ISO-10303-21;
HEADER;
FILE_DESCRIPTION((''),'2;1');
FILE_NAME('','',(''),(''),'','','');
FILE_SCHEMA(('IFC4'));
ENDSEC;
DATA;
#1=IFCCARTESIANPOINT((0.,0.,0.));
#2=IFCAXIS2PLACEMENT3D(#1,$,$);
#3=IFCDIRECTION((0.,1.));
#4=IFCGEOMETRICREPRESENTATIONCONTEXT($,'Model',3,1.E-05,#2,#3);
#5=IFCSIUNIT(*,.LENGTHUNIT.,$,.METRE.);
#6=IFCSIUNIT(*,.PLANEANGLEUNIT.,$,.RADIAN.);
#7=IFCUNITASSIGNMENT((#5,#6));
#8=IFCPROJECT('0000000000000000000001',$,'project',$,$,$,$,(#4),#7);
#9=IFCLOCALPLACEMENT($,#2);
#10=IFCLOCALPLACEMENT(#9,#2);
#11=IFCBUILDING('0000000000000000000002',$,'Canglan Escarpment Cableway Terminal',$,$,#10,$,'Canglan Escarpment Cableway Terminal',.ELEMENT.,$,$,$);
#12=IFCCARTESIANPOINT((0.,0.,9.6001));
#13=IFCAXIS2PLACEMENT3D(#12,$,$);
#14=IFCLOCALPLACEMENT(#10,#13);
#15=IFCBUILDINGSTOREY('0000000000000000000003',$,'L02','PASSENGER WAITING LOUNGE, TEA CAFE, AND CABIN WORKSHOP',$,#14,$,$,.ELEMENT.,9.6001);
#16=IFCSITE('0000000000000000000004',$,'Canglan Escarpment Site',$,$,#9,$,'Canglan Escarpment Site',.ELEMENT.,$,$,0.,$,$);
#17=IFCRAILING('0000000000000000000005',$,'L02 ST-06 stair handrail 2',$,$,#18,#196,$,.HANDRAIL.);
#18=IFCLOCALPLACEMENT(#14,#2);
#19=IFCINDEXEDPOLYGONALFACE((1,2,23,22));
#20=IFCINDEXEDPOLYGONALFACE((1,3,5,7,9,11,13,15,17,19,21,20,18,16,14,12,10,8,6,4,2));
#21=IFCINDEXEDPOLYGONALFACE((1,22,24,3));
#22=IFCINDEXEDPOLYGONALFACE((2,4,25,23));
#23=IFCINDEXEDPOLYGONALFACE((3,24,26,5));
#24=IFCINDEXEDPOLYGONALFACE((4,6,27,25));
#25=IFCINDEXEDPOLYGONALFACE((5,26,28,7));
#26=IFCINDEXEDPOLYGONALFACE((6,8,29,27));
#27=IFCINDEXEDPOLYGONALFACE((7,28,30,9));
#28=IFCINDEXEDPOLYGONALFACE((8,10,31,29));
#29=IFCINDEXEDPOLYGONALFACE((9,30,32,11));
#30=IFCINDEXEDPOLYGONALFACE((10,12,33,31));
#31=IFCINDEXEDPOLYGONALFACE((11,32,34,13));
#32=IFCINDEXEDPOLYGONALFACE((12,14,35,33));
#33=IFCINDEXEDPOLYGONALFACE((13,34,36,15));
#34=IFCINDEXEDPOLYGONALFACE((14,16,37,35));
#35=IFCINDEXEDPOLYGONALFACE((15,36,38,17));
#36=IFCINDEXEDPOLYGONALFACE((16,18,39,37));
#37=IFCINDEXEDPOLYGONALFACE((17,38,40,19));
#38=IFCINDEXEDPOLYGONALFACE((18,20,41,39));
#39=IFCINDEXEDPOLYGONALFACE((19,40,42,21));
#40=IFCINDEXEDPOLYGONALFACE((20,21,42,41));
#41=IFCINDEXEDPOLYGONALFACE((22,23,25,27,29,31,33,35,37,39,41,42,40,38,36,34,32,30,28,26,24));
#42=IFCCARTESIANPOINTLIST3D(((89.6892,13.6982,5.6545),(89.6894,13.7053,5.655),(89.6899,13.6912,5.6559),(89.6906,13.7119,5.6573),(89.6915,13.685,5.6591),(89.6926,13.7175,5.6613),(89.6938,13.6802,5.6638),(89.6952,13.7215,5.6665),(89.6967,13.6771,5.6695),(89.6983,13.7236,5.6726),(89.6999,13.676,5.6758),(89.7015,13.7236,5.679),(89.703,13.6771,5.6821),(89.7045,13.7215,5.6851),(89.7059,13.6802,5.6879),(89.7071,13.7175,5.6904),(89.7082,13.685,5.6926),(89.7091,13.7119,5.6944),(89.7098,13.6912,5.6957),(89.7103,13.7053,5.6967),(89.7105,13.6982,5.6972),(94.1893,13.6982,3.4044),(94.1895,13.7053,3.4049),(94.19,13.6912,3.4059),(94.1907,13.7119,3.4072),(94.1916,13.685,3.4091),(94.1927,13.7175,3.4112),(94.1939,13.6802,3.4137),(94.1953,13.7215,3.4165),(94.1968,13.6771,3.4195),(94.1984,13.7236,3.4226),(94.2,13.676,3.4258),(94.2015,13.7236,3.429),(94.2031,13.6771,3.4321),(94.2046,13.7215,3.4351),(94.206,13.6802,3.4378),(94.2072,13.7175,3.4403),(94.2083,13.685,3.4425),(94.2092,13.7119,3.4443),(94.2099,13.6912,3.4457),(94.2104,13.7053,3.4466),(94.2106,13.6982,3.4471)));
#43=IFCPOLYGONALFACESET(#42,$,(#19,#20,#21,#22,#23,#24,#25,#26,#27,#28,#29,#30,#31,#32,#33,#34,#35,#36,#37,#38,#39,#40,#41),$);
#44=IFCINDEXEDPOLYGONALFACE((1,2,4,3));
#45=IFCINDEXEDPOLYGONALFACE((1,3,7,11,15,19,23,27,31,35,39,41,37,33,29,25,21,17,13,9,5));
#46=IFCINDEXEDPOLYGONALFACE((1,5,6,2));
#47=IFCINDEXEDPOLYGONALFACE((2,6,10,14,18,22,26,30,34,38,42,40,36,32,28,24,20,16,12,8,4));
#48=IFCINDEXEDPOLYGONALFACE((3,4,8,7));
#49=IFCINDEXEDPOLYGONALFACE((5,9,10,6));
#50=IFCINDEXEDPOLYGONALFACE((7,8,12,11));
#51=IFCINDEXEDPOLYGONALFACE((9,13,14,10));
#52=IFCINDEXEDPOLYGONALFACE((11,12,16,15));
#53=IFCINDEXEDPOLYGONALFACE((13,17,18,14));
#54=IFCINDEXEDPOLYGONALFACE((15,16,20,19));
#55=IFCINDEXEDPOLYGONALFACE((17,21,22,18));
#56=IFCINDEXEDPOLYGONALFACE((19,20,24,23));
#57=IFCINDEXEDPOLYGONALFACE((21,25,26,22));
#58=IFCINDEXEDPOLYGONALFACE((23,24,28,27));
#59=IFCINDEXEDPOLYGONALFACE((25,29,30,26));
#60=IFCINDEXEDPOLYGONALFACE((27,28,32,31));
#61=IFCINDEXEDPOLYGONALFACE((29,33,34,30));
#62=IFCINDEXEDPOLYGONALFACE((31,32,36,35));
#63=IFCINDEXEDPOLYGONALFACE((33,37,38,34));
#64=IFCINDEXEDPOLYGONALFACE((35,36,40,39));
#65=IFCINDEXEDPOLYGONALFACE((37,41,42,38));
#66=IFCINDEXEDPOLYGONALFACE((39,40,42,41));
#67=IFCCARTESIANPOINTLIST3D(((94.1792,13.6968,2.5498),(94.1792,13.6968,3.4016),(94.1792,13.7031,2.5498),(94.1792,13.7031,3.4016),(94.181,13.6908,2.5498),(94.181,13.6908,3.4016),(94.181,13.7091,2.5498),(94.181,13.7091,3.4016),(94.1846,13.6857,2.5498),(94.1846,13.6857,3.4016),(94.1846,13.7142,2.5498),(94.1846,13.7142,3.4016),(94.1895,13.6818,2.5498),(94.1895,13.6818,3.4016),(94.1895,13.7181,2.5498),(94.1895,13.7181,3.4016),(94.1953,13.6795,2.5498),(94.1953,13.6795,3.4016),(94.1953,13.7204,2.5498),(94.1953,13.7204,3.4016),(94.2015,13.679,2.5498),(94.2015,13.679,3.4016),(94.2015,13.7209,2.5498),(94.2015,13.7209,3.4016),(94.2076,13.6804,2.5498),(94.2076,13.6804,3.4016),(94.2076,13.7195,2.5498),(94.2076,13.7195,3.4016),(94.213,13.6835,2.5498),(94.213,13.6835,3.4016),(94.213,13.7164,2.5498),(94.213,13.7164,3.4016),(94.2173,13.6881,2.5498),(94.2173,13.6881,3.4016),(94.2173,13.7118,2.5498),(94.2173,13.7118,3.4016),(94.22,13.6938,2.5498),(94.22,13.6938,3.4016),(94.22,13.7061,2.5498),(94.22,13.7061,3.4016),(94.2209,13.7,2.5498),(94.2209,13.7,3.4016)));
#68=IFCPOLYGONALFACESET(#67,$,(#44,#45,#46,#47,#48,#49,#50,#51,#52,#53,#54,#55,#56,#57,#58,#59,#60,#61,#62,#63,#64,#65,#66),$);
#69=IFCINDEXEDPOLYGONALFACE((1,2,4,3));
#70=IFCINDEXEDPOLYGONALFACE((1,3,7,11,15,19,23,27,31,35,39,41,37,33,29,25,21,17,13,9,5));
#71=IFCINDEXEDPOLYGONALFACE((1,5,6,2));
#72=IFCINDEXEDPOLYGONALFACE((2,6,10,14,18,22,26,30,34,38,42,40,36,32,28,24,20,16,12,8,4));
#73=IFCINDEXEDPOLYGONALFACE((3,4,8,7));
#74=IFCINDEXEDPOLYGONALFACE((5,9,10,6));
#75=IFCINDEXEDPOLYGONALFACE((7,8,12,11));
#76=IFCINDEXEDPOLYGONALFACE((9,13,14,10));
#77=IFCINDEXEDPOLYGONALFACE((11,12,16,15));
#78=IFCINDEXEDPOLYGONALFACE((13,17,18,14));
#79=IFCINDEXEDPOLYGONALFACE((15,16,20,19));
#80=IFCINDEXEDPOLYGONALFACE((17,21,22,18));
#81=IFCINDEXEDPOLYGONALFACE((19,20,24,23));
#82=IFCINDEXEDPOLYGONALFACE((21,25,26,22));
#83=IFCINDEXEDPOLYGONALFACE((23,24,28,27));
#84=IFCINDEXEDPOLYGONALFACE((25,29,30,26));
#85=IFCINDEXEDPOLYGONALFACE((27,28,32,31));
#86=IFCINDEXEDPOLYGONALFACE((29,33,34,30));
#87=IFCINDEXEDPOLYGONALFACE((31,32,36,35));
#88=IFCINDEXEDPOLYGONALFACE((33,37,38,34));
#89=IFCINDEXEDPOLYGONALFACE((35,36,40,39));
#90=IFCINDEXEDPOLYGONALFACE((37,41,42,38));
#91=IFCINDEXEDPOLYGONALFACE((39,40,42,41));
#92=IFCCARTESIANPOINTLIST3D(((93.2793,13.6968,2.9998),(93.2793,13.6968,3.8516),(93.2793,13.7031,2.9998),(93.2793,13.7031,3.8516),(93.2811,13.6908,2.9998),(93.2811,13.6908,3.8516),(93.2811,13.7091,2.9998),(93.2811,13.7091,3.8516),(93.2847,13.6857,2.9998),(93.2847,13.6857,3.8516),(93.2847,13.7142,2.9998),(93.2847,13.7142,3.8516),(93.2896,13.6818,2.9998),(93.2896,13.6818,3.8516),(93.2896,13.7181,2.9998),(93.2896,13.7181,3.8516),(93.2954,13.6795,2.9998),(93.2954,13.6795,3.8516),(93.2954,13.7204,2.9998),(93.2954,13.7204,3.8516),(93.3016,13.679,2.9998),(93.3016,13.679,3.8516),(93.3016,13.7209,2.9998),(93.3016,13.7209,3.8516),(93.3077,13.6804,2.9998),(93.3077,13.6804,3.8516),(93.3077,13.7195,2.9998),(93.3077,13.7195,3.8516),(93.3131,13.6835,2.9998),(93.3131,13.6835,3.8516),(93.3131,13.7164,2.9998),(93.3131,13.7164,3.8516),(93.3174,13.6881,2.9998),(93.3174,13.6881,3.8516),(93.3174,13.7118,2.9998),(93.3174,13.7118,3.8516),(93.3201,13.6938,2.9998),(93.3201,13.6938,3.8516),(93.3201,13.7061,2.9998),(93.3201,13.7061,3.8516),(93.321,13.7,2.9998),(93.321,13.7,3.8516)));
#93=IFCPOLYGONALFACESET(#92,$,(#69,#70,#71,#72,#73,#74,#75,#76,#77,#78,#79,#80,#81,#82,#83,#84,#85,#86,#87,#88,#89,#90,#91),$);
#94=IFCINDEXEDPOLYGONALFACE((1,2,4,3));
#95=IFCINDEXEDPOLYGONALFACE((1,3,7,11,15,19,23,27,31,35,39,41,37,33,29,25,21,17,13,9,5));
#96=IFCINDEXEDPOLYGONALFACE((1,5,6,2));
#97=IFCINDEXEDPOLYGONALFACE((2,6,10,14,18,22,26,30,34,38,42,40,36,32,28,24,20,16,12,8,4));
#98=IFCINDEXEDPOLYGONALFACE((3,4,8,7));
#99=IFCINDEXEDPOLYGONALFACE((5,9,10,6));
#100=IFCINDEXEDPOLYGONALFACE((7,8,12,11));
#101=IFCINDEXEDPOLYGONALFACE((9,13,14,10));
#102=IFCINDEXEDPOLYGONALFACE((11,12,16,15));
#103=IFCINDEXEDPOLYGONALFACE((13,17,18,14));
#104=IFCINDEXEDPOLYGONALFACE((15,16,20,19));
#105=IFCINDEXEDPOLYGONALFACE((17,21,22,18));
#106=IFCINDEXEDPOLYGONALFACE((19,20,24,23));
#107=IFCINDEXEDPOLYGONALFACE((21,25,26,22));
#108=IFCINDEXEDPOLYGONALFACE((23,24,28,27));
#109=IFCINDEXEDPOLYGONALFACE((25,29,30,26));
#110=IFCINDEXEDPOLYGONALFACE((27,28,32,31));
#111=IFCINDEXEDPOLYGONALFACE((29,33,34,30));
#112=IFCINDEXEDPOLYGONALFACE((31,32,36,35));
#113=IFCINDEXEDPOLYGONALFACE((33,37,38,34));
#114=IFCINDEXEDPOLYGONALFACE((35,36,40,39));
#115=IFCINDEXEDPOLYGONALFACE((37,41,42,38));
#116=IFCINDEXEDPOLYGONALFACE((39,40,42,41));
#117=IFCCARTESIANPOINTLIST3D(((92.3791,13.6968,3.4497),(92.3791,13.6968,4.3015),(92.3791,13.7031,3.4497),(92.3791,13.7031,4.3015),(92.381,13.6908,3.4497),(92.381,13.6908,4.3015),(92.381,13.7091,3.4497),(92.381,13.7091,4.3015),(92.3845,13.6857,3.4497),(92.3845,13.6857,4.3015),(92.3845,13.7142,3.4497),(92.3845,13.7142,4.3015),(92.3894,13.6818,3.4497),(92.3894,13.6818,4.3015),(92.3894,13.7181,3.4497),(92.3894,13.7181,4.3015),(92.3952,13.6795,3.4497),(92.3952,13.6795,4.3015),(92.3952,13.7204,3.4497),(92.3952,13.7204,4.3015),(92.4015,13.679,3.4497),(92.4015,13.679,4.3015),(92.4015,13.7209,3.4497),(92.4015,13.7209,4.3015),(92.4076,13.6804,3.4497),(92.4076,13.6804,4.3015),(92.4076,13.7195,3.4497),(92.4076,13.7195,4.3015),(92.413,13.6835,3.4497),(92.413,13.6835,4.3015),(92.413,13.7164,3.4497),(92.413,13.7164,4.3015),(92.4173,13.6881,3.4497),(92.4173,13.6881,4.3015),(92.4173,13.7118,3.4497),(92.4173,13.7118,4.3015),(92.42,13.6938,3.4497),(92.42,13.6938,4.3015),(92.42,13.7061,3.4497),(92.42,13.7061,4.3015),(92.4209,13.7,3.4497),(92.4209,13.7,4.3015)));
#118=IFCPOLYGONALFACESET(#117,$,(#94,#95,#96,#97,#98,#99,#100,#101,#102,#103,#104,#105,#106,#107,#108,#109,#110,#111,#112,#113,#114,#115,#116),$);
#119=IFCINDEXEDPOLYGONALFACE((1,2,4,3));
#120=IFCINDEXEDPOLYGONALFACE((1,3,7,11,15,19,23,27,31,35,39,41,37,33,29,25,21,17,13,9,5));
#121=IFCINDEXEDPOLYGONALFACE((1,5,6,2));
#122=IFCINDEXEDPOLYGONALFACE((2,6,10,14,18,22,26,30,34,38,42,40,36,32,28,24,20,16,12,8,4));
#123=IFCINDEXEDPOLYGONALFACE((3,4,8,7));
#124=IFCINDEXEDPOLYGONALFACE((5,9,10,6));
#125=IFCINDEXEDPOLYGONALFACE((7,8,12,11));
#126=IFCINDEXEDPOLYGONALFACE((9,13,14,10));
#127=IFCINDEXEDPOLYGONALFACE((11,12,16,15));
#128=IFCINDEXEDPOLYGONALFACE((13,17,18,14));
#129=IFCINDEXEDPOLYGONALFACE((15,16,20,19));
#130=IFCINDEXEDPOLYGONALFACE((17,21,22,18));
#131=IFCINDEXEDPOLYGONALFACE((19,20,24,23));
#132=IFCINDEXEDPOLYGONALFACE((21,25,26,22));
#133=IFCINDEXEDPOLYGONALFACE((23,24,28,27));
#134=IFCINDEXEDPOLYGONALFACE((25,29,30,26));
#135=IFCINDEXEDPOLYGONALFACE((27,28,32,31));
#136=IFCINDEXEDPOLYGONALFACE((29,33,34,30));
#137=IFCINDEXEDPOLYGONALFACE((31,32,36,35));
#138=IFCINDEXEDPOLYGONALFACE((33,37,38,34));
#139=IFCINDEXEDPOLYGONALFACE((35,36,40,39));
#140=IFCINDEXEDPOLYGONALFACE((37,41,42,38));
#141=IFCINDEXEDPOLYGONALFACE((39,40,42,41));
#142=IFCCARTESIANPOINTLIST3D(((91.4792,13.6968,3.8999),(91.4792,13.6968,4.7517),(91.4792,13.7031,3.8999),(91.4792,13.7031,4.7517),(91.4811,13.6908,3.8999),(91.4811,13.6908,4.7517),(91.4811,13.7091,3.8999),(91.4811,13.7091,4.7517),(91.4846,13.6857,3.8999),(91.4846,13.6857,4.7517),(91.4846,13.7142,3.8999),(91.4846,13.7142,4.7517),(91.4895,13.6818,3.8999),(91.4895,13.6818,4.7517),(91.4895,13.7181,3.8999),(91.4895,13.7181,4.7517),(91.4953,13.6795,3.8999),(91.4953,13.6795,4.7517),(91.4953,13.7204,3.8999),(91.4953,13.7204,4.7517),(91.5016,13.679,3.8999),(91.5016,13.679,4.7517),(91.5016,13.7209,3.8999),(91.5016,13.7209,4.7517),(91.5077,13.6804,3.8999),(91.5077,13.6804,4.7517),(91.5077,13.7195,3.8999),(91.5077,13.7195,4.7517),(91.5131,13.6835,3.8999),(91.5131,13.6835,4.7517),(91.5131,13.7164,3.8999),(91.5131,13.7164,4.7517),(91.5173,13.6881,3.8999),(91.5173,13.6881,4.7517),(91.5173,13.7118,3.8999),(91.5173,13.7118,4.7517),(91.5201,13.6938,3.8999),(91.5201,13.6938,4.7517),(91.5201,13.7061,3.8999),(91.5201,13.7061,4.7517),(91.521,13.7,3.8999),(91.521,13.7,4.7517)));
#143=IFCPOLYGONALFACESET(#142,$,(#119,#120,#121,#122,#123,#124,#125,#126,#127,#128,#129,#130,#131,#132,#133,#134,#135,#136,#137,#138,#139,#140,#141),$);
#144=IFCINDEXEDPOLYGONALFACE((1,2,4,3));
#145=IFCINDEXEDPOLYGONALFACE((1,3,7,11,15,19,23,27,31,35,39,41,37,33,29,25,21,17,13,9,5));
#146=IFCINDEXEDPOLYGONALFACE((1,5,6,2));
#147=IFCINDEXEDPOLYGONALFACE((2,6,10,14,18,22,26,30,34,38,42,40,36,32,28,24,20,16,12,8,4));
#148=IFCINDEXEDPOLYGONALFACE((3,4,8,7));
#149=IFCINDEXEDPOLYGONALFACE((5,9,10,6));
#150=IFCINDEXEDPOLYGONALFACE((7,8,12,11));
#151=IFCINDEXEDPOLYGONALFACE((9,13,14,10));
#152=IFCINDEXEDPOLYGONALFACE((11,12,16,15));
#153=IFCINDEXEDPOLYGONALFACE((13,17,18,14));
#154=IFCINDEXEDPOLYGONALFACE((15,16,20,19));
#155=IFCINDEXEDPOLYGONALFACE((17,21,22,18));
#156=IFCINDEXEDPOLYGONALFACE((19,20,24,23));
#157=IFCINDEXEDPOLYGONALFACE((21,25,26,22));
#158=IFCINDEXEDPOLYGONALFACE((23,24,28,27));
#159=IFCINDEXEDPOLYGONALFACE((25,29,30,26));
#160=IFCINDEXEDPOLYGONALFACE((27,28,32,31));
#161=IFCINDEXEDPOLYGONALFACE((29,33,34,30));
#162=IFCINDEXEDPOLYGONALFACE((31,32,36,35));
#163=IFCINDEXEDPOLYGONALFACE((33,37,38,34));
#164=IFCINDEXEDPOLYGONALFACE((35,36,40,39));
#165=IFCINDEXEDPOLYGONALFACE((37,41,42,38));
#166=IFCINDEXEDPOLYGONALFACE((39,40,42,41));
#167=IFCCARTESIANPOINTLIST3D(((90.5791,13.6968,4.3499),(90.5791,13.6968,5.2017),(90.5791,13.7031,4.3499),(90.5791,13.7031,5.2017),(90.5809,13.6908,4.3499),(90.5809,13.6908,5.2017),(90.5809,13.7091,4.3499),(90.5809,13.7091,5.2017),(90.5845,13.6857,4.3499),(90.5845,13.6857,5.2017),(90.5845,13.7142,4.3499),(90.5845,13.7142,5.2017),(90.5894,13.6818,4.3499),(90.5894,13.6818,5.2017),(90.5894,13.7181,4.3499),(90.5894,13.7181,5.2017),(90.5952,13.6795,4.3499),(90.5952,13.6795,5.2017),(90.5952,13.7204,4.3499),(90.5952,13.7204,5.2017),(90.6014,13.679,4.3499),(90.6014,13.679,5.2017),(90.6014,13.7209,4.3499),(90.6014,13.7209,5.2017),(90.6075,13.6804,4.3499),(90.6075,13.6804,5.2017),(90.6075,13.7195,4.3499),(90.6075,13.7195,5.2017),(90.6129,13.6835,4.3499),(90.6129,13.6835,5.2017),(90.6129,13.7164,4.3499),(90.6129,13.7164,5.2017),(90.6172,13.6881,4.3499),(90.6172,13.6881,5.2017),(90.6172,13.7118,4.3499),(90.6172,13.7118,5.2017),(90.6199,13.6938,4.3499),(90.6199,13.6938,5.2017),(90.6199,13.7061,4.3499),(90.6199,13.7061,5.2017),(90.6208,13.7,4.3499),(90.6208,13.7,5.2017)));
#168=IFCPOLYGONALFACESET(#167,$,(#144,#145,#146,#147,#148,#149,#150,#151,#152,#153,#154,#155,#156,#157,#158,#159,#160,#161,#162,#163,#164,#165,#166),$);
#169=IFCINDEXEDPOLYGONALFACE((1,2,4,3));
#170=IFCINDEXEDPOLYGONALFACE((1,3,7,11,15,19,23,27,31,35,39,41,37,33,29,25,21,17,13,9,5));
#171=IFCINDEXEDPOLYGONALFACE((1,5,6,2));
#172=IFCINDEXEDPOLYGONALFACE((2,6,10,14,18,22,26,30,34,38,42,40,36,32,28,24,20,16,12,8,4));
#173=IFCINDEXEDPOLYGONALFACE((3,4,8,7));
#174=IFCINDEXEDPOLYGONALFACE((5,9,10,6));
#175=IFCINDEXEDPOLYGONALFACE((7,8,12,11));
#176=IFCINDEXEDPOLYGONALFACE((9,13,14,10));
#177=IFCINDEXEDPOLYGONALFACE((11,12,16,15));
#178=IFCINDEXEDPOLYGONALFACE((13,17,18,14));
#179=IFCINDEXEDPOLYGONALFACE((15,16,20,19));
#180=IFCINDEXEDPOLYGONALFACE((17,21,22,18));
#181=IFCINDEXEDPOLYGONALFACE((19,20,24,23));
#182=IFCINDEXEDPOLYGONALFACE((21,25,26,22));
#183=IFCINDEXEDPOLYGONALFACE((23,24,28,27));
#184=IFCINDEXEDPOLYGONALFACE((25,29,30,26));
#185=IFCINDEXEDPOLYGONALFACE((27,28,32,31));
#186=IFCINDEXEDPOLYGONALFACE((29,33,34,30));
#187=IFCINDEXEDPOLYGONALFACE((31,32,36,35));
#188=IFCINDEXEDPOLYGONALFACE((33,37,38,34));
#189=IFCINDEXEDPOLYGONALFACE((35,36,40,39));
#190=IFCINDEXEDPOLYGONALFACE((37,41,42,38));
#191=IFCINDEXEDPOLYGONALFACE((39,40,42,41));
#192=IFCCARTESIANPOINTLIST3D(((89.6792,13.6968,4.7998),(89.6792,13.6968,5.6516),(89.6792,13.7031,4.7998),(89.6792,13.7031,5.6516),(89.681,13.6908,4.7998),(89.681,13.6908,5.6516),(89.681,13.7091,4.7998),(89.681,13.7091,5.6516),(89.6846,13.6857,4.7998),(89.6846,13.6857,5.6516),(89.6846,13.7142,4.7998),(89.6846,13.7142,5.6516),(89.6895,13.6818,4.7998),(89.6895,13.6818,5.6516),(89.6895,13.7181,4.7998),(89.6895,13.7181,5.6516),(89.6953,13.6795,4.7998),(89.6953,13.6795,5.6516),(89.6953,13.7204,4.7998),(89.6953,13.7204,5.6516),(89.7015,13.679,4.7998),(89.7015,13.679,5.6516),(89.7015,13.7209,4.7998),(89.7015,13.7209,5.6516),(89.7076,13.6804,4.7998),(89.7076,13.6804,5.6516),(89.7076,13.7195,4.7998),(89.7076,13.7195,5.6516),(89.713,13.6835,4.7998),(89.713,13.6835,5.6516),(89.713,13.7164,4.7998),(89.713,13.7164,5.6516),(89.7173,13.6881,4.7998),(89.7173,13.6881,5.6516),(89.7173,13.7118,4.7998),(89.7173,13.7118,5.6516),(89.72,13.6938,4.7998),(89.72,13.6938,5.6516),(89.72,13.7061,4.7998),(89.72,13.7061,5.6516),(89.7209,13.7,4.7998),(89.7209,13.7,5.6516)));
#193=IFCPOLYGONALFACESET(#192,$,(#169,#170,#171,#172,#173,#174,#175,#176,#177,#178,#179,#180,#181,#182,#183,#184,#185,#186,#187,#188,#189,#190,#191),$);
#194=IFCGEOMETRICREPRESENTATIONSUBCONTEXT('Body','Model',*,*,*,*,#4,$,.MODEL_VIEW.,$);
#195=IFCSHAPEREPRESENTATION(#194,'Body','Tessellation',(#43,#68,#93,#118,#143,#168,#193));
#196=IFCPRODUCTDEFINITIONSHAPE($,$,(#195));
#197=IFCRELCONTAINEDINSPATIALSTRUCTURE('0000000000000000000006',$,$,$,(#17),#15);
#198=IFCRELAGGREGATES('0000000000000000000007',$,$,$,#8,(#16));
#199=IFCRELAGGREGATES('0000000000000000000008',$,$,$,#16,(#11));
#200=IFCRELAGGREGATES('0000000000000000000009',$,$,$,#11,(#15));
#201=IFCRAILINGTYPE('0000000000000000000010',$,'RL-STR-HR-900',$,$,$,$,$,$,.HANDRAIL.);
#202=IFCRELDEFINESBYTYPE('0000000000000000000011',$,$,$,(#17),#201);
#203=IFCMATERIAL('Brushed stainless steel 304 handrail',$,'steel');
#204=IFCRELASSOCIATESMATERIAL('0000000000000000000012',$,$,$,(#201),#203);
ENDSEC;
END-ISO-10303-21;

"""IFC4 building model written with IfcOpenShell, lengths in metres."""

from ifc_helpers import new_model, si_unit, direction, frame, origin, origin_2d, place, context, subcontext, project, spatial, circle, extrude, material, type_object, element, save


model = new_model("IFC4")

# Units and contexts
model_context = context("Model", 3, precision=1e-05, world=origin(), true_north=direction((0.0, 1.0)))
body_context = subcontext(model_context, "Body", "Model", "MODEL_VIEW")
ifc_project = project(units=[si_unit("LENGTHUNIT", "METRE"), si_unit("PLANEANGLEUNIT", "RADIAN")], contexts=[model_context])

# Site, building, storey
site_placement = place(None, origin())
site = spatial("IfcSite", under=ifc_project, at=site_placement, Name="Canglan Escarpment Site", LongName="Canglan Escarpment Site", CompositionType="ELEMENT", RefElevation=0.0)
building_placement = place(site_placement, origin())
building = spatial("IfcBuilding", under=site, at=building_placement, Name="Canglan Escarpment Cableway Terminal", LongName="Canglan Escarpment Cableway Terminal", CompositionType="ELEMENT")
storey_placement = place(building_placement, frame((0.0, 0.0, 9.6001)))
storey = spatial("IfcBuildingStorey", under=building, at=storey_placement, Name="L02", Description="PASSENGER WAITING LOUNGE, TEA CAFE, AND CABIN WORKSHOP", CompositionType="ELEMENT", Elevation=9.6001)

# Railing
ifc_material_1 = material(Name="Brushed stainless steel 304 handrail", Category="steel")
railing_type_1 = type_object("IfcRailingType", Name="RL-STR-HR-900", PredefinedType="HANDRAIL", material=ifc_material_1)
railing_1_placement = place(storey_placement, frame((94.2, 13.7, 2.5498)))
element("IfcRailing", 1, at=railing_1_placement, inside=storey, type_object=railing_type_1, Name="L02 ST-06 stair handrail 2", PredefinedType="HANDRAIL", context=body_context, shape_type="SweptSolid", body=[
    extrude(circle(Radius=0.0239, at=origin_2d()), frame((0.0, 0.0, 0.876), z_axis=(-0.894427, 0.0, 0.447214), x_axis=(0.0, -1.0, 0.0)), (0.0, 0.0, 1.0), 5.0312),
    extrude(circle(Radius=0.021, at=origin_2d()), origin(), (0.0, 0.0, 1.0), 0.8518),
    extrude(circle(Radius=0.021, at=origin_2d()), frame((-0.8999, 0.0, 0.45)), (0.0, 0.0, 1.0), 0.8518),
    extrude(circle(Radius=0.021, at=origin_2d()), frame((-1.8, 0.0, 0.8999)), (0.0, 0.0, 1.0), 0.8518),
    extrude(circle(Radius=0.021, at=origin_2d()), frame((-2.7, 0.0, 1.3501)), (0.0, 0.0, 1.0), 0.8518),
    extrude(circle(Radius=0.021, at=origin_2d()), frame((-3.6001, 0.0, 1.8)), (0.0, 0.0, 1.0), 0.8518),
    extrude(circle(Radius=0.021, at=origin_2d()), frame((-4.5, 0.0, 2.25)), (0.0, 0.0, 1.0), 0.8518),
])

save(model, "model.ifc")
